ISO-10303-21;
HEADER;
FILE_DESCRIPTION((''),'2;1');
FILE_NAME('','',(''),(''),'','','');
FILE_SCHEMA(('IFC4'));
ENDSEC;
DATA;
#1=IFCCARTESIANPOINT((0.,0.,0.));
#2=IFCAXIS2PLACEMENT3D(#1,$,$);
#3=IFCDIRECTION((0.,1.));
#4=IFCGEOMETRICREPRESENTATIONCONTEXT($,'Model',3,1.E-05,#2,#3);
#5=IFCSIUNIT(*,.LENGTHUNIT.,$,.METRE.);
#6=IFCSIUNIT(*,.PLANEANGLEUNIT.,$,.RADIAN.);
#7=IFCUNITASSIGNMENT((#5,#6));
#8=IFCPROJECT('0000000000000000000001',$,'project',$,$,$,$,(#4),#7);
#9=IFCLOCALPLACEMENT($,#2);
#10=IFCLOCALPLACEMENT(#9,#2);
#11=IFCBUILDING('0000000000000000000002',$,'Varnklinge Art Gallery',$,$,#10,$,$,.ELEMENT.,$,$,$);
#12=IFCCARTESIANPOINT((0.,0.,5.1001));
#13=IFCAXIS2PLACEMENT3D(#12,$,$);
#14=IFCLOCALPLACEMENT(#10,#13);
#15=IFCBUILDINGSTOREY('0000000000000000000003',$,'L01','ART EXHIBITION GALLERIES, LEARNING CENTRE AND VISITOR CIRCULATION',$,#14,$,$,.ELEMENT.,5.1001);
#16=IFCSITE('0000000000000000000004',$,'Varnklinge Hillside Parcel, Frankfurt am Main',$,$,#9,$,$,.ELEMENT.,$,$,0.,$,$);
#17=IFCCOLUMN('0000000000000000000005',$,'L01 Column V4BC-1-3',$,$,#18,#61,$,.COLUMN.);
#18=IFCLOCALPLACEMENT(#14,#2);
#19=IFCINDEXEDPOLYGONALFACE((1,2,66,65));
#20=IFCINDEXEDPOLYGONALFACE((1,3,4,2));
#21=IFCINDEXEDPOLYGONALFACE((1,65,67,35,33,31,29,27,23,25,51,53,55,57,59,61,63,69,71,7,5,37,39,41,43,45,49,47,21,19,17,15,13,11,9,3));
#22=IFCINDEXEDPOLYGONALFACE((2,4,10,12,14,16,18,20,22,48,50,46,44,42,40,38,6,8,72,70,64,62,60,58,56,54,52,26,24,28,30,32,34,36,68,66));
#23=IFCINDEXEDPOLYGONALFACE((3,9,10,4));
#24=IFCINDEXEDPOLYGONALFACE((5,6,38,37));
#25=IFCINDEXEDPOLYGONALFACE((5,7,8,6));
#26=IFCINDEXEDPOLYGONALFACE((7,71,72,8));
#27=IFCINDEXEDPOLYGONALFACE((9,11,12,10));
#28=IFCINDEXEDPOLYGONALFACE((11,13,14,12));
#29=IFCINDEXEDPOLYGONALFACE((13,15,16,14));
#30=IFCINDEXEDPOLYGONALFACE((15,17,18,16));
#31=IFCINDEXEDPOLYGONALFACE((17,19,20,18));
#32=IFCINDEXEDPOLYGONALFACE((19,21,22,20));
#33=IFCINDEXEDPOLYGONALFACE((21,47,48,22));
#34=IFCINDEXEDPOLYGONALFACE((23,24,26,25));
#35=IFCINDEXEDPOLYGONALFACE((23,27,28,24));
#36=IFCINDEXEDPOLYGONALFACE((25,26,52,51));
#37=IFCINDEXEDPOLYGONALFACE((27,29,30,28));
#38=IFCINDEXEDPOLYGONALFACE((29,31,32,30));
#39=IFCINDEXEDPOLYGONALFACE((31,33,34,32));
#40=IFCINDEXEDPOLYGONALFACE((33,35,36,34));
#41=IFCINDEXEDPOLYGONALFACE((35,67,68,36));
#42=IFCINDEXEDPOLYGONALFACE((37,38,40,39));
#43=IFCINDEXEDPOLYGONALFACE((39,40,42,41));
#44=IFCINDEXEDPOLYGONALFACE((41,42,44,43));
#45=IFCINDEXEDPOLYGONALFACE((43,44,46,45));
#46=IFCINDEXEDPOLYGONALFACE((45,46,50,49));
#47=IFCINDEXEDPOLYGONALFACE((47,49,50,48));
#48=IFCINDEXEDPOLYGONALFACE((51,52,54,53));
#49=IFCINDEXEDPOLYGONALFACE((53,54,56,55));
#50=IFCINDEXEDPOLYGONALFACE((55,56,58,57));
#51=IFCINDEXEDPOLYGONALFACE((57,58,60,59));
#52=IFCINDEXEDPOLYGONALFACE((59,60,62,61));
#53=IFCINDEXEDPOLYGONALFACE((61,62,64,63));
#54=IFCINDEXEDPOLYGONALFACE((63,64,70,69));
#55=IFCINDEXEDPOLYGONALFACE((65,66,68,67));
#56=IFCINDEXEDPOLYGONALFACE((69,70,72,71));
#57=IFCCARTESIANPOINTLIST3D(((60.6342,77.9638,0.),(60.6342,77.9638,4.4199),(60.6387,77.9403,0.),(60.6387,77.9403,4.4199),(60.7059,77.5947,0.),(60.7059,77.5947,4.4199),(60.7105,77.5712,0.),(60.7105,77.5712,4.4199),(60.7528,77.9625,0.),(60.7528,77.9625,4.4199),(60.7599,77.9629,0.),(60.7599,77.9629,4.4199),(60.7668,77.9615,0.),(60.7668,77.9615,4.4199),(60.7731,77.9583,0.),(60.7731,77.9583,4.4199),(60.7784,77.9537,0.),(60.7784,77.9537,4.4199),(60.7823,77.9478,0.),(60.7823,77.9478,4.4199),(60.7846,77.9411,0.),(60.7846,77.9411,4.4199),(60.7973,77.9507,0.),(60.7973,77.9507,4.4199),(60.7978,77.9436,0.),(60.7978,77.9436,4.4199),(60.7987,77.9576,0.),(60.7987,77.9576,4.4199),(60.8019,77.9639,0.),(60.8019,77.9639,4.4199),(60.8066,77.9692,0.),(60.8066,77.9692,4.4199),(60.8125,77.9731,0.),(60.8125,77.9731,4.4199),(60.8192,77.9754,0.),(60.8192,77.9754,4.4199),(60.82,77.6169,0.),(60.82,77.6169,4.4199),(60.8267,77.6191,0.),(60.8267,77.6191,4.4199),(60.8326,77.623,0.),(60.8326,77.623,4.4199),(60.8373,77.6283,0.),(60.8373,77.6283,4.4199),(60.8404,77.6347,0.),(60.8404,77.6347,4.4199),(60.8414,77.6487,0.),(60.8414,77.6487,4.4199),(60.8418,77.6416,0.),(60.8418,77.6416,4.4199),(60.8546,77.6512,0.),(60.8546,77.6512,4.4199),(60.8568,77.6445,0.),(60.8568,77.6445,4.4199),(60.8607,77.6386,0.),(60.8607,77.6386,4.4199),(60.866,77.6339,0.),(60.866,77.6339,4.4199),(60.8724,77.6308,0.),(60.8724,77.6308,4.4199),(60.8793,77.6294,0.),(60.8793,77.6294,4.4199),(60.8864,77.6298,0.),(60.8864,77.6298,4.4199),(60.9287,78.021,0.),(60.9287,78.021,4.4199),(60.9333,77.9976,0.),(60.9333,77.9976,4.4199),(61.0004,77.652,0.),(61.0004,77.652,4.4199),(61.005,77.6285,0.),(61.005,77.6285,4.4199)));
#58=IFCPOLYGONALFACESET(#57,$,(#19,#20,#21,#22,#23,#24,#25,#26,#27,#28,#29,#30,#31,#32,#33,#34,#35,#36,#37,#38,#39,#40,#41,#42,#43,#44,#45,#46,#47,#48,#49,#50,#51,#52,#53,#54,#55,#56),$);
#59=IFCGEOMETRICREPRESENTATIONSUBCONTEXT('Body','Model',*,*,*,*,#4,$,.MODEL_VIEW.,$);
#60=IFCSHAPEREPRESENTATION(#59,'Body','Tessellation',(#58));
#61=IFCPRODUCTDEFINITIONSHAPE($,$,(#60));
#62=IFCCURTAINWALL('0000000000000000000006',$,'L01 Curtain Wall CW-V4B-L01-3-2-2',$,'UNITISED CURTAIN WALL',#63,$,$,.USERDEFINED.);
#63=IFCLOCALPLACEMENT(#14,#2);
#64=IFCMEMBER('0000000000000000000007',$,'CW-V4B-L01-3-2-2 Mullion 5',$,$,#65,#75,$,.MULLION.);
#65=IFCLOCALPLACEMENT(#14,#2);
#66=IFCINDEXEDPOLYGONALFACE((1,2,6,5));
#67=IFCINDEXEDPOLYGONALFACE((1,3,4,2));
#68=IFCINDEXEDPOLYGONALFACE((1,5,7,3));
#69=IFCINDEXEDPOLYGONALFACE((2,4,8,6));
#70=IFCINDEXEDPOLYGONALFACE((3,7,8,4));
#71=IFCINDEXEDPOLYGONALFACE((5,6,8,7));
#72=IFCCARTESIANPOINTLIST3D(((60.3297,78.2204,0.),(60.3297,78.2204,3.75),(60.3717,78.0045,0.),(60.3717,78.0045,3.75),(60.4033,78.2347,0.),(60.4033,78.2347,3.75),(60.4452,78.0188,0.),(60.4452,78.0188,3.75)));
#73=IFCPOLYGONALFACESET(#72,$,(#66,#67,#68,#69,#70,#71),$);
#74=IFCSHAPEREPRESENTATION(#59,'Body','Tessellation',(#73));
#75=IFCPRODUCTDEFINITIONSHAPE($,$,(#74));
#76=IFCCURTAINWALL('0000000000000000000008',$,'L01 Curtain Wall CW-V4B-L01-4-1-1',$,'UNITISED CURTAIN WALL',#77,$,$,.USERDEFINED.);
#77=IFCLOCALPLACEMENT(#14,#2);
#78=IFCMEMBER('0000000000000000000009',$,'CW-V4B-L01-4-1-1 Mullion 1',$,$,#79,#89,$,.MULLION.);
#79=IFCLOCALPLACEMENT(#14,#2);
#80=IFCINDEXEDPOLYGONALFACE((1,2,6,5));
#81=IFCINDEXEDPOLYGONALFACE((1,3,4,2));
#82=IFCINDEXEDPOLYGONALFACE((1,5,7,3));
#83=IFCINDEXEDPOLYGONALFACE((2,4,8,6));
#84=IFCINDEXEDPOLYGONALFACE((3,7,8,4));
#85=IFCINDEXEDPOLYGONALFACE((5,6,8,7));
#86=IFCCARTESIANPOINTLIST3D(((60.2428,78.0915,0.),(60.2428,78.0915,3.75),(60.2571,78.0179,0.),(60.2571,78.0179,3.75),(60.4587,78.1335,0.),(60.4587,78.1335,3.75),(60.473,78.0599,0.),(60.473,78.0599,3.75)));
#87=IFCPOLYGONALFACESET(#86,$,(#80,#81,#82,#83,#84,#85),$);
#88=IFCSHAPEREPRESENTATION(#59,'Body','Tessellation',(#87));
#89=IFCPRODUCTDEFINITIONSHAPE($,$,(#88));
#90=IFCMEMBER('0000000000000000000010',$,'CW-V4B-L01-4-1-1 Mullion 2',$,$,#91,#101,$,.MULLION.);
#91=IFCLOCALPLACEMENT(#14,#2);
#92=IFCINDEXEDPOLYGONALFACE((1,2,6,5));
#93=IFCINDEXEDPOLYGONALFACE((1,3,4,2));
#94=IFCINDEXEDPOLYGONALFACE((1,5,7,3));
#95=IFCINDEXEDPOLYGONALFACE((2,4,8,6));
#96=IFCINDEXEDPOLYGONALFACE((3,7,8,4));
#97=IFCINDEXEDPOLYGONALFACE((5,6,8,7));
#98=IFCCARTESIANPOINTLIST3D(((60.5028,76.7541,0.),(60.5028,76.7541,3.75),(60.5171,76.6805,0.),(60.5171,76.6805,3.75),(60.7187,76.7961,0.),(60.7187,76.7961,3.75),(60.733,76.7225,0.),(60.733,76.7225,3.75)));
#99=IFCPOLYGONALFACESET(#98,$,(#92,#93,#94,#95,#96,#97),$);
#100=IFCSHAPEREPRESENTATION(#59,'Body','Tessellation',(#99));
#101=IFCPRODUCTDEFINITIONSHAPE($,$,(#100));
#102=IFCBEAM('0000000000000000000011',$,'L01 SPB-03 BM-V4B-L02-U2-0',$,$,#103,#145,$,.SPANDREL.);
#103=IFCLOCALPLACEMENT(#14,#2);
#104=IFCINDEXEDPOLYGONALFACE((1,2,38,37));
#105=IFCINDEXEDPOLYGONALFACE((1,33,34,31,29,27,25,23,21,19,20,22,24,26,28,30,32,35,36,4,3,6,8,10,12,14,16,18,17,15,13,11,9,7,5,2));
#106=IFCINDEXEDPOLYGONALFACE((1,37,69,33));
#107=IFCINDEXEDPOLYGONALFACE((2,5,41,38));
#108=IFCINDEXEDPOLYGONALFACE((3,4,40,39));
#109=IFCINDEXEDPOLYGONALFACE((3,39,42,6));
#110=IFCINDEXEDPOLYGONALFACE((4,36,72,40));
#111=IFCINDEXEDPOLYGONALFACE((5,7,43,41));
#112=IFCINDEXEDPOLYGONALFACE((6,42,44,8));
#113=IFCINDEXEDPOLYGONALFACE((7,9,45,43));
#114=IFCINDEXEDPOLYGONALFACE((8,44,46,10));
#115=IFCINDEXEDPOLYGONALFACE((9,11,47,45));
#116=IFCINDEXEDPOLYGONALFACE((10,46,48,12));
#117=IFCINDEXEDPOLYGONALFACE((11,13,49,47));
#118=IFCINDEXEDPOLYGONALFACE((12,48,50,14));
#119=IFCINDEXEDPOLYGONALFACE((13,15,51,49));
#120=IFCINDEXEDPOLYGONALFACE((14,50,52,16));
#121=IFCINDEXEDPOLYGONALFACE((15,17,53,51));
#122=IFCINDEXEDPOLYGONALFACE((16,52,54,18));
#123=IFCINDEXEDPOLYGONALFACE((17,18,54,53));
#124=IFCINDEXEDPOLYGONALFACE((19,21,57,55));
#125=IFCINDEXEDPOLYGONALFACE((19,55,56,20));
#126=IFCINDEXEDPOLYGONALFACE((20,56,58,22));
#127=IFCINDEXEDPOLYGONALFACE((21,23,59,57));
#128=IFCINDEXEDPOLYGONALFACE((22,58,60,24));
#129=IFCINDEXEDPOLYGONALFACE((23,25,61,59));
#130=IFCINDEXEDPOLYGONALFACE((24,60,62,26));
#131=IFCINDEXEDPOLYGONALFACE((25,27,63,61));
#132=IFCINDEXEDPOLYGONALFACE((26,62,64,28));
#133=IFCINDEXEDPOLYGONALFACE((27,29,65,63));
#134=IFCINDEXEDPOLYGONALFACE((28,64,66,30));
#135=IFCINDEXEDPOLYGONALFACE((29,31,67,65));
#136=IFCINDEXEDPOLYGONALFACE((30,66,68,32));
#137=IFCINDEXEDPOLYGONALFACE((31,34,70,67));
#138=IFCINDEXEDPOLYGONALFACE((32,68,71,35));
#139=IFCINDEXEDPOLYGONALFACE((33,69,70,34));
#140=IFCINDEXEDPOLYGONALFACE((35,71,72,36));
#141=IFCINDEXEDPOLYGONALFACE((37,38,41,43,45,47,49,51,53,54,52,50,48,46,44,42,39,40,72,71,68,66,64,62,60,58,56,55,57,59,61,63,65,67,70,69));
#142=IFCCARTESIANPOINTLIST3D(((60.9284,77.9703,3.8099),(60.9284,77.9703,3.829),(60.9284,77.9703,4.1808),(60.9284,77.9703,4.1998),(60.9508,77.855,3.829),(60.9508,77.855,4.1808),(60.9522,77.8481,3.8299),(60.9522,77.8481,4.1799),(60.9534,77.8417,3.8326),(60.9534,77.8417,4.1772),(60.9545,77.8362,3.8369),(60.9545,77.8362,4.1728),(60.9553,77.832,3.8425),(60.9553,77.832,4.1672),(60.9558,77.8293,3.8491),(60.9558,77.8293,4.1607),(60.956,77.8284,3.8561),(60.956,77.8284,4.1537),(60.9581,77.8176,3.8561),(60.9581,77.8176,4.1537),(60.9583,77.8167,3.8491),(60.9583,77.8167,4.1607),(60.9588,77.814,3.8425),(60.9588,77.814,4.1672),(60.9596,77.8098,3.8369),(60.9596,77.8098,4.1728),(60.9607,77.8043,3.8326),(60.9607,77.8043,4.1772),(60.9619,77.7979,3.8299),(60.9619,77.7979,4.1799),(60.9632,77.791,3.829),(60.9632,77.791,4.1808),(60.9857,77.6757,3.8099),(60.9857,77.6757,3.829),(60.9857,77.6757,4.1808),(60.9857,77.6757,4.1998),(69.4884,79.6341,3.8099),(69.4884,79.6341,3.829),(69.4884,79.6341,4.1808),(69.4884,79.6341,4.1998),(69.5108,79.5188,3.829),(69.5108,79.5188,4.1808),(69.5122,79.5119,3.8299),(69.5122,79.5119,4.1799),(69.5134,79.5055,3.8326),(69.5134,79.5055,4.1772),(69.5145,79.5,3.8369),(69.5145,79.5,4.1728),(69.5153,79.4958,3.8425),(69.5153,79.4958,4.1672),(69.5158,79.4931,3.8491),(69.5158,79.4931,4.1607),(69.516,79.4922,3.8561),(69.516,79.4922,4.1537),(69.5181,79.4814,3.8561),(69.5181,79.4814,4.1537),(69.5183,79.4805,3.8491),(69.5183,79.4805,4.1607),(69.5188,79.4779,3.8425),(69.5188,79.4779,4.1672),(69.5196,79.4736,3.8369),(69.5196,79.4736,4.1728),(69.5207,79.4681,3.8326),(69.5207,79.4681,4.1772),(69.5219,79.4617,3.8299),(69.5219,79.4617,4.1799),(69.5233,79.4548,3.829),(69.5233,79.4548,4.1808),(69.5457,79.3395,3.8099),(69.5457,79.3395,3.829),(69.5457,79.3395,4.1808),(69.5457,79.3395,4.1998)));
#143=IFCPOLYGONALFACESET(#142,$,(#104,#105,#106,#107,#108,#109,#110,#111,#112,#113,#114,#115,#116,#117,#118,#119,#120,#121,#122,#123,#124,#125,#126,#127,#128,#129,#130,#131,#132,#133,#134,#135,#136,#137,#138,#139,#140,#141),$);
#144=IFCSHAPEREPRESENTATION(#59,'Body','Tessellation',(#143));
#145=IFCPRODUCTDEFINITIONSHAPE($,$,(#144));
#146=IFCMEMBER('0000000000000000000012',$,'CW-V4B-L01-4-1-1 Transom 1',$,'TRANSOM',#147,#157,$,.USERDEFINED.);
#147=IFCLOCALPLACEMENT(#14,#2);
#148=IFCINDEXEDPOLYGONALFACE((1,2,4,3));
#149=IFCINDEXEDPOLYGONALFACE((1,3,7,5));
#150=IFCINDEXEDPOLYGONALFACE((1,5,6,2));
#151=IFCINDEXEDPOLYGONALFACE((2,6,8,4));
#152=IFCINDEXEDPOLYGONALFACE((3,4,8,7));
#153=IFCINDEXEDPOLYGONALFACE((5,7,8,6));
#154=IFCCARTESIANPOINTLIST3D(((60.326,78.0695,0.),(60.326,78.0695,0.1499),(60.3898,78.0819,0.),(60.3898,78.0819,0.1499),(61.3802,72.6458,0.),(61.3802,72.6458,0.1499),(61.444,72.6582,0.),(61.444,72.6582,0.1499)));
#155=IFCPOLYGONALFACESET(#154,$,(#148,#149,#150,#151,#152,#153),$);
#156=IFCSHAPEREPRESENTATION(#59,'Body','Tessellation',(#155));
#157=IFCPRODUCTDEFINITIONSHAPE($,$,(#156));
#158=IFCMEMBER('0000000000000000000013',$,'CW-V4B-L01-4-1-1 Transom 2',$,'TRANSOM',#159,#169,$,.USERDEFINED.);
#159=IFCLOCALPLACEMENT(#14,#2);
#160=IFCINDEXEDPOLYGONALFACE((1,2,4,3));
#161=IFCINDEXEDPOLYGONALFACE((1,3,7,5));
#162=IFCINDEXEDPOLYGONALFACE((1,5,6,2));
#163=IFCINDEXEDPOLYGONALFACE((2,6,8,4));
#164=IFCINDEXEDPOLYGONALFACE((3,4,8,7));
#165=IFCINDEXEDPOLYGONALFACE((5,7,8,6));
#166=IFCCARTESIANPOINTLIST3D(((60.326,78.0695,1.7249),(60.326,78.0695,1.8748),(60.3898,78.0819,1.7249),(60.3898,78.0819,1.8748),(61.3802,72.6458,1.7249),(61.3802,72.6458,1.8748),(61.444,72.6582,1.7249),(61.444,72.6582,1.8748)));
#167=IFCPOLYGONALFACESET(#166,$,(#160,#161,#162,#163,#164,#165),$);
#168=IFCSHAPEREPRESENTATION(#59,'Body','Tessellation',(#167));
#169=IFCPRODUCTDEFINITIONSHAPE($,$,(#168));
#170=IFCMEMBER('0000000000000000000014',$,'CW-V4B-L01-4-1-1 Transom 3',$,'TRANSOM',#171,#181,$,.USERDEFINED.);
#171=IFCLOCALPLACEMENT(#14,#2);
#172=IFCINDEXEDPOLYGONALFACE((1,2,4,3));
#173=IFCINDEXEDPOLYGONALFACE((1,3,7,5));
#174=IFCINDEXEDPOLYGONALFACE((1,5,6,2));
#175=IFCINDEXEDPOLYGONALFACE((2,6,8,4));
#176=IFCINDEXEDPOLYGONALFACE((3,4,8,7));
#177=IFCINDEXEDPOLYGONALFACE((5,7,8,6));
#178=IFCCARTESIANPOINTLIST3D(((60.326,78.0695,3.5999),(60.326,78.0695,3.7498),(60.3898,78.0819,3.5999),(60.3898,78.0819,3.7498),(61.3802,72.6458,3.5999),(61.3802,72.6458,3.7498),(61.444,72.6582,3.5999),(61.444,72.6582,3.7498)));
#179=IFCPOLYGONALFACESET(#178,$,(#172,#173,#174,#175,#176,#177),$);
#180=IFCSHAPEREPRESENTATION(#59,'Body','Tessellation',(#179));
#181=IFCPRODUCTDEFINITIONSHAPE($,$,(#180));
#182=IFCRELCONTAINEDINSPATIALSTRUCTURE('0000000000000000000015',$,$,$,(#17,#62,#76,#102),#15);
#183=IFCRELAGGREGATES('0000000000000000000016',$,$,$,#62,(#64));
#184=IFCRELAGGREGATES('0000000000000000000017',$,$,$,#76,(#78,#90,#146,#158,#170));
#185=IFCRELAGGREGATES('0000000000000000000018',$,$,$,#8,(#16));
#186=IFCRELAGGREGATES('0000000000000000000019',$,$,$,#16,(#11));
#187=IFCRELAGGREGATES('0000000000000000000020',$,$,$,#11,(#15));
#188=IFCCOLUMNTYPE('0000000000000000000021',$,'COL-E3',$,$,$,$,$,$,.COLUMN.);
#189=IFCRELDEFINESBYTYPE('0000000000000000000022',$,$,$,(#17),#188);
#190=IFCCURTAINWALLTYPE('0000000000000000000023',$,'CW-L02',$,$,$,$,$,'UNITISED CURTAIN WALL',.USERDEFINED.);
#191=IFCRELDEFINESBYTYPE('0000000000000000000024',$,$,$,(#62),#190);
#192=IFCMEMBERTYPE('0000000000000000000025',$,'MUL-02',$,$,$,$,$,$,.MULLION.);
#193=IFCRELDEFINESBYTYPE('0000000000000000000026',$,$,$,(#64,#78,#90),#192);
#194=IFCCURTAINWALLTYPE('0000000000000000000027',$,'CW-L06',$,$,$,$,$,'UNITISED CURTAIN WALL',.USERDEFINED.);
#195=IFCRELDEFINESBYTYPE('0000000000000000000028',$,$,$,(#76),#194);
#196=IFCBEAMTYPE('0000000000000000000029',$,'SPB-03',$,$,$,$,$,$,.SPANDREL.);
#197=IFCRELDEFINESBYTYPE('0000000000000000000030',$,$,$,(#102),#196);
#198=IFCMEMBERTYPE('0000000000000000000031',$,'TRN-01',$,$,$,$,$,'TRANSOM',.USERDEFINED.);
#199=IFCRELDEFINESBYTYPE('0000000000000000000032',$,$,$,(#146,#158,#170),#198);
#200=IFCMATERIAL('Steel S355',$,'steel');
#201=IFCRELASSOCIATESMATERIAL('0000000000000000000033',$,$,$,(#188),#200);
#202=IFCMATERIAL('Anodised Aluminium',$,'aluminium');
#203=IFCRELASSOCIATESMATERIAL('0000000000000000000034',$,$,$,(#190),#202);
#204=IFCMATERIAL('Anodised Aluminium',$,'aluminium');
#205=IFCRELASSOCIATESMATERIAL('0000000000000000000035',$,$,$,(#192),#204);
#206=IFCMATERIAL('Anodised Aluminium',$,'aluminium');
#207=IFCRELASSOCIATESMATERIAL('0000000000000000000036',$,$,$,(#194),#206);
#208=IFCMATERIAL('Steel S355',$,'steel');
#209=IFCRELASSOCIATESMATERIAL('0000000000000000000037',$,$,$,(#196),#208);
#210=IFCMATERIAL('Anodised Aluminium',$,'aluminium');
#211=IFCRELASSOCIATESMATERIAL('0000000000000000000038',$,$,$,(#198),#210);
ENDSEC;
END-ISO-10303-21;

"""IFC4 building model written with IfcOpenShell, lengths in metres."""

from ifc_helpers import new_model, si_unit, direction, frame, origin, origin_2d, place, context, subcontext, project, spatial, rectangle, i_section, extrude, material, material_profile, profile_set, type_object, element, aggregate, save


model = new_model("IFC4")

# Units and contexts
model_context = context("Model", 3, precision=1e-05, world=origin(), true_north=direction((0.0, 1.0)))
body_context = subcontext(model_context, "Body", "Model", "MODEL_VIEW")
ifc_project = project(units=[si_unit("LENGTHUNIT", "METRE"), si_unit("PLANEANGLEUNIT", "RADIAN")], contexts=[model_context])

# Site, building, storey
site_placement = place(None, origin())
site = spatial("IfcSite", under=ifc_project, at=site_placement, Name="Varnklinge Hillside Parcel, Frankfurt am Main", CompositionType="ELEMENT", RefElevation=0.0)
building_placement = place(site_placement, origin())
building = spatial("IfcBuilding", under=site, at=building_placement, Name="Varnklinge Art Gallery", CompositionType="ELEMENT")
storey_placement = place(building_placement, frame((0.0, 0.0, 5.1001)))
storey = spatial("IfcBuildingStorey", under=building, at=storey_placement, Name="L01", Description="ART EXHIBITION GALLERIES, LEARNING CENTRE AND VISITOR CIRCULATION", CompositionType="ELEMENT", Elevation=5.1001)

# Column
ifc_material_1 = material(Name="Steel S355", Category="steel")
ifc_material_profile_1 = material_profile(ifc_material_1, i_section(OverallWidth=0.3, OverallDepth=0.3999, WebThickness=0.0134, FlangeThickness=0.0239, FilletRadius=0.0271, at=origin_2d()), Name="HEB 400")
ifc_profile_set_1 = profile_set([ifc_material_profile_1], Name="Steel S355")
column_type = type_object("IfcColumnType", Name="COL-E3", PredefinedType="COLUMN", material=ifc_profile_set_1)
column_placement = place(storey_placement, frame((60.8196, 77.7961, 0.0), z_axis=(0.0, 0.0, 1.0), x_axis=(0.981627, 0.190809, 0.0)))
element("IfcColumn", 1, at=column_placement, inside=storey, type_object=column_type, Name="L01 Column V4BC-1-3", PredefinedType="COLUMN", context=body_context, shape_type="SweptSolid", body=[
    extrude(i_section(OverallWidth=0.3, OverallDepth=0.3999, WebThickness=0.0134, FlangeThickness=0.0239, FilletRadius=0.0271, at=origin_2d()), origin(), (0.0, 0.0, 1.0), 4.4199),
])

# Curtain wall, member
ifc_material_2 = material(Name="Anodised Aluminium", Category="aluminium")
curtain_wall_type_1 = type_object("IfcCurtainWallType", Name="CW-L02", ElementType="UNITISED CURTAIN WALL", PredefinedType="USERDEFINED", material=ifc_material_2)
curtain_wall_1_placement = place(storey_placement, origin())
curtain_wall_1 = element("IfcCurtainWall", 2, at=curtain_wall_1_placement, inside=storey, type_object=curtain_wall_type_1, Name="L01 Curtain Wall CW-V4B-L01-3-2-2", ObjectType="UNITISED CURTAIN WALL", PredefinedType="USERDEFINED")
ifc_material_3 = material(Name="Anodised Aluminium", Category="aluminium")
ifc_material_profile_2 = material_profile(ifc_material_3, rectangle(XDim=0.075, YDim=0.22, at=origin_2d()), Name="ALU 75x220")
ifc_profile_set_2 = profile_set([ifc_material_profile_2], Name="Anodised Aluminium")
member_type_1 = type_object("IfcMemberType", Name="MUL-02", PredefinedType="MULLION", material=ifc_profile_set_2)
member_1_placement = place(storey_placement, frame((60.3875, 78.1196, 0.0), z_axis=(0.0, 0.0, 1.0), x_axis=(-0.981627, -0.190809, 0.0)))
member_1 = element("IfcMember", 3, at=member_1_placement, type_object=member_type_1, Name="CW-V4B-L01-3-2-2 Mullion 5", PredefinedType="MULLION", context=body_context, shape_type="SweptSolid", body=[
    extrude(rectangle(XDim=0.075, YDim=0.22, at=origin_2d()), origin(), (0.0, 0.0, 1.0), 3.75),
])

# Curtain wall, members
ifc_material_4 = material(Name="Anodised Aluminium", Category="aluminium")
curtain_wall_type_2 = type_object("IfcCurtainWallType", Name="CW-L06", ElementType="UNITISED CURTAIN WALL", PredefinedType="USERDEFINED", material=ifc_material_4)
curtain_wall_2_placement = place(storey_placement, origin())
curtain_wall_2 = element("IfcCurtainWall", 4, at=curtain_wall_2_placement, inside=storey, type_object=curtain_wall_type_2, Name="L01 Curtain Wall CW-V4B-L01-4-1-1", ObjectType="UNITISED CURTAIN WALL", PredefinedType="USERDEFINED")
member_2_placement = place(storey_placement, frame((60.3579, 78.0757, 0.0), z_axis=(0.0, 0.0, 1.0), x_axis=(0.190809, -0.981627, 0.0)))
member_2 = element("IfcMember", 5, at=member_2_placement, type_object=member_type_1, Name="CW-V4B-L01-4-1-1 Mullion 1", PredefinedType="MULLION", context=body_context, shape_type="SweptSolid", body=[
    extrude(rectangle(XDim=0.075, YDim=0.22, at=origin_2d()), origin(), (0.0, 0.0, 1.0), 3.75),
])
member_3_placement = place(storey_placement, frame((60.6179, 76.7383, 0.0), z_axis=(0.0, 0.0, 1.0), x_axis=(0.190809, -0.981627, 0.0)))
member_3 = element("IfcMember", 6, at=member_3_placement, type_object=member_type_1, Name="CW-V4B-L01-4-1-1 Mullion 2", PredefinedType="MULLION", context=body_context, shape_type="SweptSolid", body=[
    extrude(rectangle(XDim=0.075, YDim=0.22, at=origin_2d()), origin(), (0.0, 0.0, 1.0), 3.75),
])

# Beam
ifc_material_5 = material(Name="Steel S355", Category="steel")
ifc_material_profile_3 = material_profile(ifc_material_5, i_section(OverallWidth=0.3, OverallDepth=0.3899, WebThickness=0.011, FlangeThickness=0.019, FilletRadius=0.0271, at=origin_2d()), Name="HEA 400")
ifc_profile_set_3 = profile_set([ifc_material_profile_3], Name="Steel S355")
beam_type = type_object("IfcBeamType", Name="SPB-03", PredefinedType="SPANDREL", material=ifc_profile_set_3)
beam_placement = place(storey_placement, frame((60.957, 77.823, 4.0049), z_axis=(0.981629, 0.190799, 0.0), x_axis=(-0.190799, 0.981629, 0.0)))
element("IfcBeam", 7, at=beam_placement, inside=storey, type_object=beam_type, Name="L01 SPB-03 BM-V4B-L02-U2-0", PredefinedType="SPANDREL", context=body_context, shape_type="SweptSolid", body=[
    extrude(i_section(OverallWidth=0.3, OverallDepth=0.3899, WebThickness=0.011, FlangeThickness=0.019, FilletRadius=0.0271, at=origin_2d()), origin(), (0.0, 0.0, 1.0), 8.7202),
])

# Members
ifc_material_6 = material(Name="Anodised Aluminium", Category="aluminium")
ifc_material_profile_4 = material_profile(ifc_material_6, rectangle(XDim=0.0649, YDim=0.1499, at=origin_2d()), Name="ALU 65x150")
ifc_profile_set_4 = profile_set([ifc_material_profile_4], Name="Anodised Aluminium")
member_type_2 = type_object("IfcMemberType", Name="TRN-01", ElementType="TRANSOM", PredefinedType="USERDEFINED", material=ifc_profile_set_4)
member_4_placement = place(storey_placement, frame((60.3579, 78.0757, 0.075), z_axis=(0.190802, -0.981628, 0.0), x_axis=(0.981628, 0.190802, 0.0)))
member_4 = element("IfcMember", 8, at=member_4_placement, type_object=member_type_2, Name="CW-V4B-L01-4-1-1 Transom 1", ObjectType="TRANSOM", PredefinedType="USERDEFINED", context=body_context, shape_type="SweptSolid", body=[
    extrude(rectangle(XDim=0.0649, YDim=0.1499, at=origin_2d()), origin(), (0.0, 0.0, 1.0), 5.5251),
])
member_5_placement = place(storey_placement, frame((60.3579, 78.0757, 1.7998), z_axis=(0.190802, -0.981628, 0.0), x_axis=(0.981628, 0.190802, 0.0)))
member_5 = element("IfcMember", 9, at=member_5_placement, type_object=member_type_2, Name="CW-V4B-L01-4-1-1 Transom 2", ObjectType="TRANSOM", PredefinedType="USERDEFINED", context=body_context, shape_type="SweptSolid", body=[
    extrude(rectangle(XDim=0.0649, YDim=0.1499, at=origin_2d()), origin(), (0.0, 0.0, 1.0), 5.5251),
])
member_6_placement = place(storey_placement, frame((60.3579, 78.0757, 3.6748), z_axis=(0.190802, -0.981628, 0.0), x_axis=(0.981628, 0.190802, 0.0)))
member_6 = element("IfcMember", 10, at=member_6_placement, type_object=member_type_2, Name="CW-V4B-L01-4-1-1 Transom 3", ObjectType="TRANSOM", PredefinedType="USERDEFINED", context=body_context, shape_type="SweptSolid", body=[
    extrude(rectangle(XDim=0.0649, YDim=0.1499, at=origin_2d()), origin(), (0.0, 0.0, 1.0), 5.5251),
])

aggregate(curtain_wall_1, [member_1])
aggregate(curtain_wall_2, [member_2, member_3, member_4, member_5, member_6])

save(model, "model.ifc")
